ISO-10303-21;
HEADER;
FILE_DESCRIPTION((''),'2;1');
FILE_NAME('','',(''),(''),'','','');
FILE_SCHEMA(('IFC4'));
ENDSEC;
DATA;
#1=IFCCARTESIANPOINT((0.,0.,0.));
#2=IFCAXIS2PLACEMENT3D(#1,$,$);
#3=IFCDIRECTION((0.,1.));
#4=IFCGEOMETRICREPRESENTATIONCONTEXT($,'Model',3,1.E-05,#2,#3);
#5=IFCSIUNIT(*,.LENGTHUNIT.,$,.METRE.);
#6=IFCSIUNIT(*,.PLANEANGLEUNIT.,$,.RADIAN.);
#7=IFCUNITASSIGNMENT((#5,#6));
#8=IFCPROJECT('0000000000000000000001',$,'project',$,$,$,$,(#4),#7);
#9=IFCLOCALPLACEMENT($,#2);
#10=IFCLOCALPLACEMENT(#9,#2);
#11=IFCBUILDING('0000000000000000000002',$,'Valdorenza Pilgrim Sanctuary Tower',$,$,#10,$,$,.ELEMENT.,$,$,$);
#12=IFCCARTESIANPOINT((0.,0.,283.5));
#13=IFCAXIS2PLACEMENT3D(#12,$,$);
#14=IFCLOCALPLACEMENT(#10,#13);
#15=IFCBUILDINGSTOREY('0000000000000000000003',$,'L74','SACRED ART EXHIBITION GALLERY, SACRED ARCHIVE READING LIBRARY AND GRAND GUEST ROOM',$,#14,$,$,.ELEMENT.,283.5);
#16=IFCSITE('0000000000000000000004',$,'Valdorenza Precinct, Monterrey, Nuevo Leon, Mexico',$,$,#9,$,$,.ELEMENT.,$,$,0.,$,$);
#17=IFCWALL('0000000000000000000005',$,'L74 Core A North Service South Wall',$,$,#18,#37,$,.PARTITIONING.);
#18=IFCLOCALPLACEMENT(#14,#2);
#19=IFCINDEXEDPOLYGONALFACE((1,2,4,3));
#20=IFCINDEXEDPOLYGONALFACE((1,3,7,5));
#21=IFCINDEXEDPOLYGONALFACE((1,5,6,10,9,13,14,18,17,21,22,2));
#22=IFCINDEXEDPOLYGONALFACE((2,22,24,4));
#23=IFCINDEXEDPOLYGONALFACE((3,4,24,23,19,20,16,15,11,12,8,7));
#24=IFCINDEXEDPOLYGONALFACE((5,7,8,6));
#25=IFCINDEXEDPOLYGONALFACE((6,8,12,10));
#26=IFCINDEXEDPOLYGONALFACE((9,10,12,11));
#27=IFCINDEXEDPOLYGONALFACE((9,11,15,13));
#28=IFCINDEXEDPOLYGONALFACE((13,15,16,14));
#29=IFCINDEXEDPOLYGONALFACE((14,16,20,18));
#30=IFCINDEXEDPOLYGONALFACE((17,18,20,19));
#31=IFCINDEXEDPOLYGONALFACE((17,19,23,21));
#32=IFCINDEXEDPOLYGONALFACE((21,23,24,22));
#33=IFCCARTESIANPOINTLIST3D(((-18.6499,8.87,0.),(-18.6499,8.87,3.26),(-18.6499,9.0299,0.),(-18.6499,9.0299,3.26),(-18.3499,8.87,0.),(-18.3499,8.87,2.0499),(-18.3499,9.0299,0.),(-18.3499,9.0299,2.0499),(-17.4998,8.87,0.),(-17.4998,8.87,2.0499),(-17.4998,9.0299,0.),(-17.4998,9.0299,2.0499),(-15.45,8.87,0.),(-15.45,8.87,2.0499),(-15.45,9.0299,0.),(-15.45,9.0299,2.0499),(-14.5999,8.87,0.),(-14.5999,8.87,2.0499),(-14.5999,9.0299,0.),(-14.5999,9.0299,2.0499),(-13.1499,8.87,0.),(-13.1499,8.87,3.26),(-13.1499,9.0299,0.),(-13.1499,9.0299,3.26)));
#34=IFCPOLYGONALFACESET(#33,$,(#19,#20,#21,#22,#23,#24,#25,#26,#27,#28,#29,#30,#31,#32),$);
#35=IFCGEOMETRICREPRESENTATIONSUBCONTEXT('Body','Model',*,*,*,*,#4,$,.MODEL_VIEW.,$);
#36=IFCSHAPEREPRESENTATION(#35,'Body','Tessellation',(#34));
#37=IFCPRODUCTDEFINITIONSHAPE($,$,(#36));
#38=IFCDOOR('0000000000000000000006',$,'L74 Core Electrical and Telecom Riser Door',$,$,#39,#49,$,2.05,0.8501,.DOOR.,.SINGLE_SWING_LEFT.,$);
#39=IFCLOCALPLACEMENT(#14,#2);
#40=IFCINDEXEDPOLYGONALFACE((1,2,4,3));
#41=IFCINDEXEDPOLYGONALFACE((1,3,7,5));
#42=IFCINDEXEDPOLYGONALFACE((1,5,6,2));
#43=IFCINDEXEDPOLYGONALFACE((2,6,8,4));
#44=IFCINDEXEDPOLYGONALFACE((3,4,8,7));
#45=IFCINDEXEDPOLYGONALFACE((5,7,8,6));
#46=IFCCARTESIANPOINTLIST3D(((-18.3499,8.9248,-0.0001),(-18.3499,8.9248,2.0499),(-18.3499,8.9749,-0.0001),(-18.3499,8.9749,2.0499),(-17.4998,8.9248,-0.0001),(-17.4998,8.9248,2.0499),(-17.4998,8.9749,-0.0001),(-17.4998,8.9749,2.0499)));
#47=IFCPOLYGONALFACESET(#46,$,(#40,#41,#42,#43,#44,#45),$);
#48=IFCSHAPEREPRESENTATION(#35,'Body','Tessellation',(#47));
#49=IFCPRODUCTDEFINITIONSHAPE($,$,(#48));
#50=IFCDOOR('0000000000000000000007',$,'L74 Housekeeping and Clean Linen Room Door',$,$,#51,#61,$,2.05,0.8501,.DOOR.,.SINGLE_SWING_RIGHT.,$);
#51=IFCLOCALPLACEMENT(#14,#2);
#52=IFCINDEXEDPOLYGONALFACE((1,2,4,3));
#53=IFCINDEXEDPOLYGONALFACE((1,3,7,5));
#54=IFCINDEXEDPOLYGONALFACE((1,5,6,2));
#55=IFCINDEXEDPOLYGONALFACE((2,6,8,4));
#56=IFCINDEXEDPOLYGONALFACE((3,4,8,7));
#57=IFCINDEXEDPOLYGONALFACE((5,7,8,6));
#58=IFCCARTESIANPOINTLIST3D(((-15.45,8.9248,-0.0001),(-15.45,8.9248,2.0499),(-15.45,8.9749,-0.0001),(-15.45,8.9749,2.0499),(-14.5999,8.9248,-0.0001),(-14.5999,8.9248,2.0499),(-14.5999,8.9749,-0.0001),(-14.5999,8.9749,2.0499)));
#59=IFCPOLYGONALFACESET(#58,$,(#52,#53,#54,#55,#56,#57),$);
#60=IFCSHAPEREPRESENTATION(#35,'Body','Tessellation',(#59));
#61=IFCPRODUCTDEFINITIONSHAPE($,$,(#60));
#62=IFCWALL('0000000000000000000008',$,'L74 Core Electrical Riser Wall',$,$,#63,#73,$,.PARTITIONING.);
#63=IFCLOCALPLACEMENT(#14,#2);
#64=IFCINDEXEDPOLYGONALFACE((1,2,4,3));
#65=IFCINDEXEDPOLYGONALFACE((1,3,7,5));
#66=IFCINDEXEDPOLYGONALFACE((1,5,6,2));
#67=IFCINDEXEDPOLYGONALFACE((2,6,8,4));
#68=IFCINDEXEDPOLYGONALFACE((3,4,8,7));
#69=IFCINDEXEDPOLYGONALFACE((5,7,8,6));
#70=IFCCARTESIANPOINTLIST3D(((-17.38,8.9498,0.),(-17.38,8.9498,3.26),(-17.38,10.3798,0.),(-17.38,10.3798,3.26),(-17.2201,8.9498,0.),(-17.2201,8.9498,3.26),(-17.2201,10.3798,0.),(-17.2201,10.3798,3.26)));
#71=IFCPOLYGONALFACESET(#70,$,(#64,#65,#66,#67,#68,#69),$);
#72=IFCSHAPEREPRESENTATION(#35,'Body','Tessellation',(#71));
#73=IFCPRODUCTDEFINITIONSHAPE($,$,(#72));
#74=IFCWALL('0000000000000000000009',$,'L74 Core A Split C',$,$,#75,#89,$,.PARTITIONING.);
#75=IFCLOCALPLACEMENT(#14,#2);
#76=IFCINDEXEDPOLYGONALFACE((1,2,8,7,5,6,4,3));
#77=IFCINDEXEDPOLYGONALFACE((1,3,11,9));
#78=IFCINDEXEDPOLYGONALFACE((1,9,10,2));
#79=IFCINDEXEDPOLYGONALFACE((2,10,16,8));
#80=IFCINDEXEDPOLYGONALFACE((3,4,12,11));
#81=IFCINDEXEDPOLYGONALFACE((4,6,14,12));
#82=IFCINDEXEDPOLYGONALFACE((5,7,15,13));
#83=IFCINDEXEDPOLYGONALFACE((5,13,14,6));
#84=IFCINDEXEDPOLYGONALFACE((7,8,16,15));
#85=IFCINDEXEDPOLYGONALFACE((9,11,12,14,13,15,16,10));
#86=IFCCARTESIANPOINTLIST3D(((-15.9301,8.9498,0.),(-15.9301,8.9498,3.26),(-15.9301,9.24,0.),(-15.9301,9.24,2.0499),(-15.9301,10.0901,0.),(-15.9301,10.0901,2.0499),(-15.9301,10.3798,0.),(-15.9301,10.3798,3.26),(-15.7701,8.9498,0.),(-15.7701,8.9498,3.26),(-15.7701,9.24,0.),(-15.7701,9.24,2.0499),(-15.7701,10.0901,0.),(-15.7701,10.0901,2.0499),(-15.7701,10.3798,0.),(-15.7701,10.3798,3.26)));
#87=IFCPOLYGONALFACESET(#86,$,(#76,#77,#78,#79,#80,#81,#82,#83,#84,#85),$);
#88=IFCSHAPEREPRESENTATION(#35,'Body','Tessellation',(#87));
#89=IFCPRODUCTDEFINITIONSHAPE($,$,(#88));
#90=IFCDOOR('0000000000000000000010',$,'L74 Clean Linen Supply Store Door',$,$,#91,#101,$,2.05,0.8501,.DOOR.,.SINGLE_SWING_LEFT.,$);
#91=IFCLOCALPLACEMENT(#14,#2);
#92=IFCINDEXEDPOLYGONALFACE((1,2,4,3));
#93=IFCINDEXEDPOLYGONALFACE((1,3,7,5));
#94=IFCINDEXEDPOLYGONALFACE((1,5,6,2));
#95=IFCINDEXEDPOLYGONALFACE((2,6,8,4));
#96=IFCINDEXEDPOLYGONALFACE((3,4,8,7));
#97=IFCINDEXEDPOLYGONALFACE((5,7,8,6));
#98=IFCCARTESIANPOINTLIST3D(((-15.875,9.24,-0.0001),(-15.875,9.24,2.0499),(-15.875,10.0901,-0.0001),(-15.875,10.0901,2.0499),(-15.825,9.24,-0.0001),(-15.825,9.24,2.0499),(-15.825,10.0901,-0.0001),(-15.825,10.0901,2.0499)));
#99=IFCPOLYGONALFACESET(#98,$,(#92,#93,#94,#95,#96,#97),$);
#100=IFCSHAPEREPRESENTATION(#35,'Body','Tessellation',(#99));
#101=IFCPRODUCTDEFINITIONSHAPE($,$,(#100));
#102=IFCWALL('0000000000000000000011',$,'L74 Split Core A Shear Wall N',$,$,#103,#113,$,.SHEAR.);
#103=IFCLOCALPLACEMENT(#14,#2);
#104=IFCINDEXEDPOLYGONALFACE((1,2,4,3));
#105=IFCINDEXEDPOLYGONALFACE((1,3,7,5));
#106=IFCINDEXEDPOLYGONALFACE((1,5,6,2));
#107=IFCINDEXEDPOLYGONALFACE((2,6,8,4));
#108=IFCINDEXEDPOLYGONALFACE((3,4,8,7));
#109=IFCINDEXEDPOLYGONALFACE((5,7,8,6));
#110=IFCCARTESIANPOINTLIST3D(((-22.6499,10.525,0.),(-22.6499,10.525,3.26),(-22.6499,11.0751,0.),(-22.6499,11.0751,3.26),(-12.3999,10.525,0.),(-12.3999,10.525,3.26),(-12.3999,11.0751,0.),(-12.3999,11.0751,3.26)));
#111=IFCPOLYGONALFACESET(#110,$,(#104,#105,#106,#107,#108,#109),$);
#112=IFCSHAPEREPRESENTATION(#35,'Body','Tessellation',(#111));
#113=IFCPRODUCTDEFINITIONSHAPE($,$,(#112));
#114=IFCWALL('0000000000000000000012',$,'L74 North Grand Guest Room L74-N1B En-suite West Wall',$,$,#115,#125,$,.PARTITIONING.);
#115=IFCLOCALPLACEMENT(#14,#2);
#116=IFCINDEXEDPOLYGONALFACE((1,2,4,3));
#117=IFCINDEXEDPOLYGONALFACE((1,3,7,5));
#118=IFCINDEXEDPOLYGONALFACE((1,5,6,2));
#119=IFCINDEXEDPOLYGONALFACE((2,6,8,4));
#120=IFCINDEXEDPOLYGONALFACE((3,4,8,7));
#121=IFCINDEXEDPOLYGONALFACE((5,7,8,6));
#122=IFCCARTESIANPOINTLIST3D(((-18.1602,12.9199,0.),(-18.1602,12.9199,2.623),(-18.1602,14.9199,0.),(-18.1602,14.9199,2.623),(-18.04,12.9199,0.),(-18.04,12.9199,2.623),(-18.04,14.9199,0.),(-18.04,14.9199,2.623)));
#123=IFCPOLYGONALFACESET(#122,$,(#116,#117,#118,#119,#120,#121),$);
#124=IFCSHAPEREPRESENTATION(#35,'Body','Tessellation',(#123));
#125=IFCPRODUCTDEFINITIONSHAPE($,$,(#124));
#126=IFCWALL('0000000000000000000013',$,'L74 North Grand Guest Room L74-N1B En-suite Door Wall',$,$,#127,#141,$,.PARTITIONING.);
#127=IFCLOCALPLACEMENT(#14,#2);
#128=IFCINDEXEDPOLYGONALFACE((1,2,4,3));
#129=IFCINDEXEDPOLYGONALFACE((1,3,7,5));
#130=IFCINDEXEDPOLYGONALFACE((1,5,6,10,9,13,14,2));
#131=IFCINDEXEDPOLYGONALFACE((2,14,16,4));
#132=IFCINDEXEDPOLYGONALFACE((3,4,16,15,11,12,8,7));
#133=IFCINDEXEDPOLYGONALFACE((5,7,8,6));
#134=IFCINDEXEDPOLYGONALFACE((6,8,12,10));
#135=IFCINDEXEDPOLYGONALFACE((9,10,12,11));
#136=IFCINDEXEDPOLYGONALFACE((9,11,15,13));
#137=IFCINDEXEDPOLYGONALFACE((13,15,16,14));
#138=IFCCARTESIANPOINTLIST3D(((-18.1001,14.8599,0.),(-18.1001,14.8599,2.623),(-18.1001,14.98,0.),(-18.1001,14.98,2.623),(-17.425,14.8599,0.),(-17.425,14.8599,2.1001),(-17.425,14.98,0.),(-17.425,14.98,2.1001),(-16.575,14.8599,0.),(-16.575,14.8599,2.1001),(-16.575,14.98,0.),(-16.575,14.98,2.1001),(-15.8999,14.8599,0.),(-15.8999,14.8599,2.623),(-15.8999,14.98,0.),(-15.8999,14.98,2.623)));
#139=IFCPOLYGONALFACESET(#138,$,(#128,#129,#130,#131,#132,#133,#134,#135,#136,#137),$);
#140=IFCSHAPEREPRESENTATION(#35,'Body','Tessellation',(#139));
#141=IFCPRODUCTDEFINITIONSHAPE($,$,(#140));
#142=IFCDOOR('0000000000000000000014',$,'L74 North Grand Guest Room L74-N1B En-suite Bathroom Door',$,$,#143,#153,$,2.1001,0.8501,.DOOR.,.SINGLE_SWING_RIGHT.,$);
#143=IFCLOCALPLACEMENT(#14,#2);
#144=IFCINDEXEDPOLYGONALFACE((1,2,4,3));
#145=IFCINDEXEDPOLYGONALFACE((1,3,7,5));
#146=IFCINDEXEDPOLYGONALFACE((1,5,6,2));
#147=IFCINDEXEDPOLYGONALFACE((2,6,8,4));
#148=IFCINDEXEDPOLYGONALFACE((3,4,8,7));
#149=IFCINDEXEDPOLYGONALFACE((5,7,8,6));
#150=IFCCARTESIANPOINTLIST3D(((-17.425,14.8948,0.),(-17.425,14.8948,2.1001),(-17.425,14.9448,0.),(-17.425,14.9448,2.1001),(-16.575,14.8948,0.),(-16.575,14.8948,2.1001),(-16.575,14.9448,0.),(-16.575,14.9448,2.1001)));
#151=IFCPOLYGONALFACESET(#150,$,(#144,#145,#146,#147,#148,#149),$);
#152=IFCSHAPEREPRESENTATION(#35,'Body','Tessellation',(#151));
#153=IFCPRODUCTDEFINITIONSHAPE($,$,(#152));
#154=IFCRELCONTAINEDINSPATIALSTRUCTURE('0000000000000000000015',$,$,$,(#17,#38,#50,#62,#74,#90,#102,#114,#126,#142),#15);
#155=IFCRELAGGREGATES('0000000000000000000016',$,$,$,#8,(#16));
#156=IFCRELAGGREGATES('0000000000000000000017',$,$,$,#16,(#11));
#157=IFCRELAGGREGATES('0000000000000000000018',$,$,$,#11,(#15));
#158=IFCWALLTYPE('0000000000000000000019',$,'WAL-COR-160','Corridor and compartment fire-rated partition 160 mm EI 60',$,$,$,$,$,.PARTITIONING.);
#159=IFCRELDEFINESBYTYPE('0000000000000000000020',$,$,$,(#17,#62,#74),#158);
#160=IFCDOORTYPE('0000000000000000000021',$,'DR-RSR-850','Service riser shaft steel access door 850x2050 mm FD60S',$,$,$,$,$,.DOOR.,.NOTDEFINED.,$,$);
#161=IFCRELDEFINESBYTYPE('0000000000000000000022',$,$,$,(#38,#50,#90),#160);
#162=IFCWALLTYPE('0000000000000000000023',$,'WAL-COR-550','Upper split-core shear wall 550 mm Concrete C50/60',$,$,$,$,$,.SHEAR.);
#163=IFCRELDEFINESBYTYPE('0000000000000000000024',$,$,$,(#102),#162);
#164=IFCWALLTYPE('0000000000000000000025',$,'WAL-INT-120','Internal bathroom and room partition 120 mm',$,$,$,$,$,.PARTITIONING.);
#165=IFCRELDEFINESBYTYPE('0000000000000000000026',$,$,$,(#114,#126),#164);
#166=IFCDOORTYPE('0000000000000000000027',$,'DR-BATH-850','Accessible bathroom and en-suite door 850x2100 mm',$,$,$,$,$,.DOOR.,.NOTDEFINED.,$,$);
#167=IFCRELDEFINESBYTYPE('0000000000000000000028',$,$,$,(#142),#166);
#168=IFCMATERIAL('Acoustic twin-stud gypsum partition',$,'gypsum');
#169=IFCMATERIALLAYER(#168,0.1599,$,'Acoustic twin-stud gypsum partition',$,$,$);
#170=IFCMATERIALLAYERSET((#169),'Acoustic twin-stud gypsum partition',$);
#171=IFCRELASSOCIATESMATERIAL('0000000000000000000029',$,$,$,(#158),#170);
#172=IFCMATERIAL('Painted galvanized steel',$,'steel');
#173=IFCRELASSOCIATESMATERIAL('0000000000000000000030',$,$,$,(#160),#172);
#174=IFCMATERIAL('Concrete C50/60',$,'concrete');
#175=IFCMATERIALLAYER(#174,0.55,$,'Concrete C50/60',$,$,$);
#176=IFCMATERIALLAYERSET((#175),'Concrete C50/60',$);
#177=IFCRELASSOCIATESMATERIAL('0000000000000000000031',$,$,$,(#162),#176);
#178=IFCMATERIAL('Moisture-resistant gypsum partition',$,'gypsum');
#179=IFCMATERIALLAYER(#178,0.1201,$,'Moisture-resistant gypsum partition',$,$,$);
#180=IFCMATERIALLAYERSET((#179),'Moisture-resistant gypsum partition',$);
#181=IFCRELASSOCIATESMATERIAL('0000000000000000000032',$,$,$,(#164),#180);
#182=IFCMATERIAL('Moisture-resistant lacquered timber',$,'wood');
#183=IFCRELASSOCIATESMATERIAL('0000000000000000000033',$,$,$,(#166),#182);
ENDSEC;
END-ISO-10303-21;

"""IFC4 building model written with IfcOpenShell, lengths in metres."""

from ifc_helpers import new_model, si_unit, direction, frame, frame_2d, origin, place, context, subcontext, project, spatial, rectangle, extrude, material, layer, layer_set, type_object, element, fill, save


model = new_model("IFC4")

# Units and contexts
model_context = context("Model", 3, precision=1e-05, world=origin(), true_north=direction((0.0, 1.0)))
body_context = subcontext(model_context, "Body", "Model", "MODEL_VIEW")
ifc_project = project(units=[si_unit("LENGTHUNIT", "METRE"), si_unit("PLANEANGLEUNIT", "RADIAN")], contexts=[model_context])

# Site, building, storey
site_placement = place(None, origin())
site = spatial("IfcSite", under=ifc_project, at=site_placement, Name="Valdorenza Precinct, Monterrey, Nuevo Leon, Mexico", CompositionType="ELEMENT", RefElevation=0.0)
building_placement = place(site_placement, origin())
building = spatial("IfcBuilding", under=site, at=building_placement, Name="Valdorenza Pilgrim Sanctuary Tower", CompositionType="ELEMENT")
storey_placement = place(building_placement, frame((0.0, 0.0, 283.5)))
storey = spatial("IfcBuildingStorey", under=building, at=storey_placement, Name="L74", Description="SACRED ART EXHIBITION GALLERY, SACRED ARCHIVE READING LIBRARY AND GRAND GUEST ROOM", CompositionType="ELEMENT", Elevation=283.5)

# Shared definitions
ifc_material_1 = material(Name="Concrete C50/60", Category="concrete")

# Shared definitions
ifc_material_2 = material(Name="Acoustic twin-stud gypsum partition", Category="gypsum")
ifc_layer_1 = layer(ifc_material_2, 0.1599, Name="Acoustic twin-stud gypsum partition")
ifc_layer_set_1 = layer_set([ifc_layer_1], Name="Acoustic twin-stud gypsum partition")
wall_type_1 = type_object("IfcWallType", Name="WAL-COR-160", Description="Corridor and compartment fire-rated partition 160 mm EI 60", PredefinedType="PARTITIONING", material=ifc_layer_set_1)

# Wall, openings, doors
wall_1_placement = place(storey_placement, frame((-18.6499, 8.95, 0.0), z_axis=(0.0, 0.0, 1.0), x_axis=(1.0, 0.0, 0.0)))
wall_1 = element("IfcWall", 1, at=wall_1_placement, inside=storey, type_object=wall_type_1, Name="L74 Core A North Service South Wall", PredefinedType="PARTITIONING", context=body_context, shape_type="SweptSolid", body=[
    extrude(rectangle(XDim=5.5, YDim=0.1599, at=frame_2d((2.75, 0.0))), origin(), (0.0, 0.0, 1.0), 3.26),
])
opening_1_placement = place(wall_1_placement, frame((0.3, 0.0, 0.0)))
opening_1 = element("IfcOpeningElement", 2, at=opening_1_placement, cuts=wall_1, PredefinedType="OPENING", context=body_context, shape_type="SweptSolid", body=[
    extrude(rectangle(XDim=0.8501, YDim=2.05, at=frame_2d((0.425, 1.0249))), frame((0.0, 0.0947, 0.0), z_axis=(0.0, -1.0, 0.0), x_axis=(1.0, 0.0, 0.0)), (0.0, 0.0, 1.0), 0.1897),
])
opening_2_placement = place(wall_1_placement, frame((3.2, 0.0, 0.0)))
opening_2 = element("IfcOpeningElement", 3, at=opening_2_placement, cuts=wall_1, PredefinedType="OPENING", context=body_context, shape_type="SweptSolid", body=[
    extrude(rectangle(XDim=0.8501, YDim=2.05, at=frame_2d((0.425, 1.0249))), frame((0.0, 0.0947, 0.0), z_axis=(0.0, -1.0, 0.0), x_axis=(1.0, 0.0, 0.0)), (0.0, 0.0, 1.0), 0.1897),
])
ifc_material_3 = material(Name="Painted galvanized steel", Category="steel")
door_type_1 = type_object("IfcDoorType", Name="DR-RSR-850", Description="Service riser shaft steel access door 850x2050 mm FD60S", OperationType="NOTDEFINED", PredefinedType="DOOR", material=ifc_material_3)
door_1_placement = place(opening_1_placement, origin())
door_1 = element("IfcDoor", 4, at=door_1_placement, inside=storey, type_object=door_type_1, Name="L74 Core Electrical and Telecom Riser Door", OperationType="SINGLE_SWING_LEFT", OverallHeight=2.05, OverallWidth=0.8501, PredefinedType="DOOR", context=body_context, shape_type="SweptSolid", body=[
    extrude(rectangle(XDim=0.8501, YDim=2.05, at=frame_2d((0.425, 1.0249))), frame((0.0, 0.0249, 0.0), z_axis=(0.0, -1.0, 0.0), x_axis=(1.0, 0.0, 0.0)), (0.0, 0.0, 1.0), 0.05),
])
fill(opening_1, door_1)
door_2_placement = place(opening_2_placement, origin())
door_2 = element("IfcDoor", 5, at=door_2_placement, inside=storey, type_object=door_type_1, Name="L74 Housekeeping and Clean Linen Room Door", OperationType="SINGLE_SWING_RIGHT", OverallHeight=2.05, OverallWidth=0.8501, PredefinedType="DOOR", context=body_context, shape_type="SweptSolid", body=[
    extrude(rectangle(XDim=0.8501, YDim=2.05, at=frame_2d((0.425, 1.0249))), frame((0.0, 0.0249, 0.0), z_axis=(0.0, -1.0, 0.0), x_axis=(1.0, 0.0, 0.0)), (0.0, 0.0, 1.0), 0.05),
])
fill(opening_2, door_2)

# Wall
wall_2_placement = place(storey_placement, frame((-17.3, 8.95, 0.0), z_axis=(0.0, 0.0, 1.0), x_axis=(0.0, 1.0, 0.0)))
element("IfcWall", 6, at=wall_2_placement, inside=storey, type_object=wall_type_1, Name="L74 Core Electrical Riser Wall", PredefinedType="PARTITIONING", context=body_context, shape_type="SweptSolid", body=[
    extrude(rectangle(XDim=1.4299, YDim=0.1599, at=frame_2d((0.7148, 0.0))), origin(), (0.0, 0.0, 1.0), 3.26),
])

# Wall, opening, door
wall_3_placement = place(storey_placement, frame((-15.8501, 8.95, 0.0), z_axis=(0.0, 0.0, 1.0), x_axis=(0.0, 1.0, 0.0)))
wall_3 = element("IfcWall", 7, at=wall_3_placement, inside=storey, type_object=wall_type_1, Name="L74 Core A Split C", PredefinedType="PARTITIONING", context=body_context, shape_type="SweptSolid", body=[
    extrude(rectangle(XDim=1.4299, YDim=0.1599, at=frame_2d((0.7148, 0.0))), origin(), (0.0, 0.0, 1.0), 3.26),
])
opening_3_placement = place(wall_3_placement, frame((0.29, 0.0, 0.0)))
opening_3 = element("IfcOpeningElement", 8, at=opening_3_placement, cuts=wall_3, PredefinedType="OPENING", context=body_context, shape_type="SweptSolid", body=[
    extrude(rectangle(XDim=0.8501, YDim=2.05, at=frame_2d((0.425, 1.0249))), frame((0.0, 0.0947, 0.0), z_axis=(0.0, -1.0, 0.0), x_axis=(1.0, 0.0, 0.0)), (0.0, 0.0, 1.0), 0.1897),
])
door_3_placement = place(opening_3_placement, origin())
door_3 = element("IfcDoor", 9, at=door_3_placement, inside=storey, type_object=door_type_1, Name="L74 Clean Linen Supply Store Door", OperationType="SINGLE_SWING_LEFT", OverallHeight=2.05, OverallWidth=0.8501, PredefinedType="DOOR", context=body_context, shape_type="SweptSolid", body=[
    extrude(rectangle(XDim=0.8501, YDim=2.05, at=frame_2d((0.425, 1.0249))), frame((0.0, 0.0249, 0.0), z_axis=(0.0, -1.0, 0.0), x_axis=(1.0, 0.0, 0.0)), (0.0, 0.0, 1.0), 0.05),
])
fill(opening_3, door_3)

# Walls
ifc_layer_2 = layer(ifc_material_1, 0.55, Name="Concrete C50/60")
ifc_layer_set_2 = layer_set([ifc_layer_2], Name="Concrete C50/60")
wall_type_2 = type_object("IfcWallType", Name="WAL-COR-550", Description="Upper split-core shear wall 550 mm Concrete C50/60", PredefinedType="SHEAR", material=ifc_layer_set_2)
wall_4_placement = place(storey_placement, frame((-22.6499, 10.8, 0.0), z_axis=(0.0, 0.0, 1.0), x_axis=(1.0, 0.0, 0.0)))
element("IfcWall", 10, at=wall_4_placement, inside=storey, type_object=wall_type_2, Name="L74 Split Core A Shear Wall N", PredefinedType="SHEAR", context=body_context, shape_type="SweptSolid", body=[
    extrude(rectangle(XDim=10.25, YDim=0.55, at=frame_2d((5.125, 0.0))), origin(), (0.0, 0.0, 1.0), 3.26),
])
ifc_material_4 = material(Name="Moisture-resistant gypsum partition", Category="gypsum")
ifc_layer_3 = layer(ifc_material_4, 0.1201, Name="Moisture-resistant gypsum partition")
ifc_layer_set_3 = layer_set([ifc_layer_3], Name="Moisture-resistant gypsum partition")
wall_type_3 = type_object("IfcWallType", Name="WAL-INT-120", Description="Internal bathroom and room partition 120 mm", PredefinedType="PARTITIONING", material=ifc_layer_set_3)
wall_5_placement = place(storey_placement, frame((-18.1001, 12.9199, 0.0), z_axis=(0.0, 0.0, 1.0), x_axis=(0.0, 1.0, 0.0)))
element("IfcWall", 11, at=wall_5_placement, inside=storey, type_object=wall_type_3, Name="L74 North Grand Guest Room L74-N1B En-suite West Wall", PredefinedType="PARTITIONING", context=body_context, shape_type="SweptSolid", body=[
    extrude(rectangle(XDim=2.0, YDim=0.1201, at=frame_2d((1.0, 0.0))), origin(), (0.0, 0.0, 1.0), 2.623),
])

# Wall, opening, door
wall_6_placement = place(storey_placement, frame((-18.1001, 14.9199, 0.0), z_axis=(0.0, 0.0, 1.0), x_axis=(1.0, 0.0, 0.0)))
wall_6 = element("IfcWall", 12, at=wall_6_placement, inside=storey, type_object=wall_type_3, Name="L74 North Grand Guest Room L74-N1B En-suite Door Wall", PredefinedType="PARTITIONING", context=body_context, shape_type="SweptSolid", body=[
    extrude(rectangle(XDim=2.2002, YDim=0.1201, at=frame_2d((1.1001, 0.0))), origin(), (0.0, 0.0, 1.0), 2.623),
])
opening_4_placement = place(wall_6_placement, frame((0.675, 0.0, 0.0)))
opening_4 = element("IfcOpeningElement", 13, at=opening_4_placement, cuts=wall_6, PredefinedType="OPENING", context=body_context, shape_type="SweptSolid", body=[
    extrude(rectangle(XDim=0.8501, YDim=2.1001, at=frame_2d((0.425, 1.05))), frame((0.0, 0.075, 0.0), z_axis=(0.0, -1.0, 0.0), x_axis=(1.0, 0.0, 0.0)), (0.0, 0.0, 1.0), 0.1499),
])
ifc_material_5 = material(Name="Moisture-resistant lacquered timber", Category="wood")
door_type_2 = type_object("IfcDoorType", Name="DR-BATH-850", Description="Accessible bathroom and en-suite door 850x2100 mm", OperationType="NOTDEFINED", PredefinedType="DOOR", material=ifc_material_5)
door_4_placement = place(opening_4_placement, origin())
door_4 = element("IfcDoor", 14, at=door_4_placement, inside=storey, type_object=door_type_2, Name="L74 North Grand Guest Room L74-N1B En-suite Bathroom Door", OperationType="SINGLE_SWING_RIGHT", OverallHeight=2.1001, OverallWidth=0.8501, PredefinedType="DOOR", context=body_context, shape_type="SweptSolid", body=[
    extrude(rectangle(XDim=0.8501, YDim=2.1001, at=frame_2d((0.425, 1.05))), frame((0.0, 0.0249, 0.0), z_axis=(0.0, -1.0, 0.0), x_axis=(1.0, 0.0, 0.0)), (0.0, 0.0, 1.0), 0.05),
])
fill(opening_4, door_4)

save(model, "model.ifc")
